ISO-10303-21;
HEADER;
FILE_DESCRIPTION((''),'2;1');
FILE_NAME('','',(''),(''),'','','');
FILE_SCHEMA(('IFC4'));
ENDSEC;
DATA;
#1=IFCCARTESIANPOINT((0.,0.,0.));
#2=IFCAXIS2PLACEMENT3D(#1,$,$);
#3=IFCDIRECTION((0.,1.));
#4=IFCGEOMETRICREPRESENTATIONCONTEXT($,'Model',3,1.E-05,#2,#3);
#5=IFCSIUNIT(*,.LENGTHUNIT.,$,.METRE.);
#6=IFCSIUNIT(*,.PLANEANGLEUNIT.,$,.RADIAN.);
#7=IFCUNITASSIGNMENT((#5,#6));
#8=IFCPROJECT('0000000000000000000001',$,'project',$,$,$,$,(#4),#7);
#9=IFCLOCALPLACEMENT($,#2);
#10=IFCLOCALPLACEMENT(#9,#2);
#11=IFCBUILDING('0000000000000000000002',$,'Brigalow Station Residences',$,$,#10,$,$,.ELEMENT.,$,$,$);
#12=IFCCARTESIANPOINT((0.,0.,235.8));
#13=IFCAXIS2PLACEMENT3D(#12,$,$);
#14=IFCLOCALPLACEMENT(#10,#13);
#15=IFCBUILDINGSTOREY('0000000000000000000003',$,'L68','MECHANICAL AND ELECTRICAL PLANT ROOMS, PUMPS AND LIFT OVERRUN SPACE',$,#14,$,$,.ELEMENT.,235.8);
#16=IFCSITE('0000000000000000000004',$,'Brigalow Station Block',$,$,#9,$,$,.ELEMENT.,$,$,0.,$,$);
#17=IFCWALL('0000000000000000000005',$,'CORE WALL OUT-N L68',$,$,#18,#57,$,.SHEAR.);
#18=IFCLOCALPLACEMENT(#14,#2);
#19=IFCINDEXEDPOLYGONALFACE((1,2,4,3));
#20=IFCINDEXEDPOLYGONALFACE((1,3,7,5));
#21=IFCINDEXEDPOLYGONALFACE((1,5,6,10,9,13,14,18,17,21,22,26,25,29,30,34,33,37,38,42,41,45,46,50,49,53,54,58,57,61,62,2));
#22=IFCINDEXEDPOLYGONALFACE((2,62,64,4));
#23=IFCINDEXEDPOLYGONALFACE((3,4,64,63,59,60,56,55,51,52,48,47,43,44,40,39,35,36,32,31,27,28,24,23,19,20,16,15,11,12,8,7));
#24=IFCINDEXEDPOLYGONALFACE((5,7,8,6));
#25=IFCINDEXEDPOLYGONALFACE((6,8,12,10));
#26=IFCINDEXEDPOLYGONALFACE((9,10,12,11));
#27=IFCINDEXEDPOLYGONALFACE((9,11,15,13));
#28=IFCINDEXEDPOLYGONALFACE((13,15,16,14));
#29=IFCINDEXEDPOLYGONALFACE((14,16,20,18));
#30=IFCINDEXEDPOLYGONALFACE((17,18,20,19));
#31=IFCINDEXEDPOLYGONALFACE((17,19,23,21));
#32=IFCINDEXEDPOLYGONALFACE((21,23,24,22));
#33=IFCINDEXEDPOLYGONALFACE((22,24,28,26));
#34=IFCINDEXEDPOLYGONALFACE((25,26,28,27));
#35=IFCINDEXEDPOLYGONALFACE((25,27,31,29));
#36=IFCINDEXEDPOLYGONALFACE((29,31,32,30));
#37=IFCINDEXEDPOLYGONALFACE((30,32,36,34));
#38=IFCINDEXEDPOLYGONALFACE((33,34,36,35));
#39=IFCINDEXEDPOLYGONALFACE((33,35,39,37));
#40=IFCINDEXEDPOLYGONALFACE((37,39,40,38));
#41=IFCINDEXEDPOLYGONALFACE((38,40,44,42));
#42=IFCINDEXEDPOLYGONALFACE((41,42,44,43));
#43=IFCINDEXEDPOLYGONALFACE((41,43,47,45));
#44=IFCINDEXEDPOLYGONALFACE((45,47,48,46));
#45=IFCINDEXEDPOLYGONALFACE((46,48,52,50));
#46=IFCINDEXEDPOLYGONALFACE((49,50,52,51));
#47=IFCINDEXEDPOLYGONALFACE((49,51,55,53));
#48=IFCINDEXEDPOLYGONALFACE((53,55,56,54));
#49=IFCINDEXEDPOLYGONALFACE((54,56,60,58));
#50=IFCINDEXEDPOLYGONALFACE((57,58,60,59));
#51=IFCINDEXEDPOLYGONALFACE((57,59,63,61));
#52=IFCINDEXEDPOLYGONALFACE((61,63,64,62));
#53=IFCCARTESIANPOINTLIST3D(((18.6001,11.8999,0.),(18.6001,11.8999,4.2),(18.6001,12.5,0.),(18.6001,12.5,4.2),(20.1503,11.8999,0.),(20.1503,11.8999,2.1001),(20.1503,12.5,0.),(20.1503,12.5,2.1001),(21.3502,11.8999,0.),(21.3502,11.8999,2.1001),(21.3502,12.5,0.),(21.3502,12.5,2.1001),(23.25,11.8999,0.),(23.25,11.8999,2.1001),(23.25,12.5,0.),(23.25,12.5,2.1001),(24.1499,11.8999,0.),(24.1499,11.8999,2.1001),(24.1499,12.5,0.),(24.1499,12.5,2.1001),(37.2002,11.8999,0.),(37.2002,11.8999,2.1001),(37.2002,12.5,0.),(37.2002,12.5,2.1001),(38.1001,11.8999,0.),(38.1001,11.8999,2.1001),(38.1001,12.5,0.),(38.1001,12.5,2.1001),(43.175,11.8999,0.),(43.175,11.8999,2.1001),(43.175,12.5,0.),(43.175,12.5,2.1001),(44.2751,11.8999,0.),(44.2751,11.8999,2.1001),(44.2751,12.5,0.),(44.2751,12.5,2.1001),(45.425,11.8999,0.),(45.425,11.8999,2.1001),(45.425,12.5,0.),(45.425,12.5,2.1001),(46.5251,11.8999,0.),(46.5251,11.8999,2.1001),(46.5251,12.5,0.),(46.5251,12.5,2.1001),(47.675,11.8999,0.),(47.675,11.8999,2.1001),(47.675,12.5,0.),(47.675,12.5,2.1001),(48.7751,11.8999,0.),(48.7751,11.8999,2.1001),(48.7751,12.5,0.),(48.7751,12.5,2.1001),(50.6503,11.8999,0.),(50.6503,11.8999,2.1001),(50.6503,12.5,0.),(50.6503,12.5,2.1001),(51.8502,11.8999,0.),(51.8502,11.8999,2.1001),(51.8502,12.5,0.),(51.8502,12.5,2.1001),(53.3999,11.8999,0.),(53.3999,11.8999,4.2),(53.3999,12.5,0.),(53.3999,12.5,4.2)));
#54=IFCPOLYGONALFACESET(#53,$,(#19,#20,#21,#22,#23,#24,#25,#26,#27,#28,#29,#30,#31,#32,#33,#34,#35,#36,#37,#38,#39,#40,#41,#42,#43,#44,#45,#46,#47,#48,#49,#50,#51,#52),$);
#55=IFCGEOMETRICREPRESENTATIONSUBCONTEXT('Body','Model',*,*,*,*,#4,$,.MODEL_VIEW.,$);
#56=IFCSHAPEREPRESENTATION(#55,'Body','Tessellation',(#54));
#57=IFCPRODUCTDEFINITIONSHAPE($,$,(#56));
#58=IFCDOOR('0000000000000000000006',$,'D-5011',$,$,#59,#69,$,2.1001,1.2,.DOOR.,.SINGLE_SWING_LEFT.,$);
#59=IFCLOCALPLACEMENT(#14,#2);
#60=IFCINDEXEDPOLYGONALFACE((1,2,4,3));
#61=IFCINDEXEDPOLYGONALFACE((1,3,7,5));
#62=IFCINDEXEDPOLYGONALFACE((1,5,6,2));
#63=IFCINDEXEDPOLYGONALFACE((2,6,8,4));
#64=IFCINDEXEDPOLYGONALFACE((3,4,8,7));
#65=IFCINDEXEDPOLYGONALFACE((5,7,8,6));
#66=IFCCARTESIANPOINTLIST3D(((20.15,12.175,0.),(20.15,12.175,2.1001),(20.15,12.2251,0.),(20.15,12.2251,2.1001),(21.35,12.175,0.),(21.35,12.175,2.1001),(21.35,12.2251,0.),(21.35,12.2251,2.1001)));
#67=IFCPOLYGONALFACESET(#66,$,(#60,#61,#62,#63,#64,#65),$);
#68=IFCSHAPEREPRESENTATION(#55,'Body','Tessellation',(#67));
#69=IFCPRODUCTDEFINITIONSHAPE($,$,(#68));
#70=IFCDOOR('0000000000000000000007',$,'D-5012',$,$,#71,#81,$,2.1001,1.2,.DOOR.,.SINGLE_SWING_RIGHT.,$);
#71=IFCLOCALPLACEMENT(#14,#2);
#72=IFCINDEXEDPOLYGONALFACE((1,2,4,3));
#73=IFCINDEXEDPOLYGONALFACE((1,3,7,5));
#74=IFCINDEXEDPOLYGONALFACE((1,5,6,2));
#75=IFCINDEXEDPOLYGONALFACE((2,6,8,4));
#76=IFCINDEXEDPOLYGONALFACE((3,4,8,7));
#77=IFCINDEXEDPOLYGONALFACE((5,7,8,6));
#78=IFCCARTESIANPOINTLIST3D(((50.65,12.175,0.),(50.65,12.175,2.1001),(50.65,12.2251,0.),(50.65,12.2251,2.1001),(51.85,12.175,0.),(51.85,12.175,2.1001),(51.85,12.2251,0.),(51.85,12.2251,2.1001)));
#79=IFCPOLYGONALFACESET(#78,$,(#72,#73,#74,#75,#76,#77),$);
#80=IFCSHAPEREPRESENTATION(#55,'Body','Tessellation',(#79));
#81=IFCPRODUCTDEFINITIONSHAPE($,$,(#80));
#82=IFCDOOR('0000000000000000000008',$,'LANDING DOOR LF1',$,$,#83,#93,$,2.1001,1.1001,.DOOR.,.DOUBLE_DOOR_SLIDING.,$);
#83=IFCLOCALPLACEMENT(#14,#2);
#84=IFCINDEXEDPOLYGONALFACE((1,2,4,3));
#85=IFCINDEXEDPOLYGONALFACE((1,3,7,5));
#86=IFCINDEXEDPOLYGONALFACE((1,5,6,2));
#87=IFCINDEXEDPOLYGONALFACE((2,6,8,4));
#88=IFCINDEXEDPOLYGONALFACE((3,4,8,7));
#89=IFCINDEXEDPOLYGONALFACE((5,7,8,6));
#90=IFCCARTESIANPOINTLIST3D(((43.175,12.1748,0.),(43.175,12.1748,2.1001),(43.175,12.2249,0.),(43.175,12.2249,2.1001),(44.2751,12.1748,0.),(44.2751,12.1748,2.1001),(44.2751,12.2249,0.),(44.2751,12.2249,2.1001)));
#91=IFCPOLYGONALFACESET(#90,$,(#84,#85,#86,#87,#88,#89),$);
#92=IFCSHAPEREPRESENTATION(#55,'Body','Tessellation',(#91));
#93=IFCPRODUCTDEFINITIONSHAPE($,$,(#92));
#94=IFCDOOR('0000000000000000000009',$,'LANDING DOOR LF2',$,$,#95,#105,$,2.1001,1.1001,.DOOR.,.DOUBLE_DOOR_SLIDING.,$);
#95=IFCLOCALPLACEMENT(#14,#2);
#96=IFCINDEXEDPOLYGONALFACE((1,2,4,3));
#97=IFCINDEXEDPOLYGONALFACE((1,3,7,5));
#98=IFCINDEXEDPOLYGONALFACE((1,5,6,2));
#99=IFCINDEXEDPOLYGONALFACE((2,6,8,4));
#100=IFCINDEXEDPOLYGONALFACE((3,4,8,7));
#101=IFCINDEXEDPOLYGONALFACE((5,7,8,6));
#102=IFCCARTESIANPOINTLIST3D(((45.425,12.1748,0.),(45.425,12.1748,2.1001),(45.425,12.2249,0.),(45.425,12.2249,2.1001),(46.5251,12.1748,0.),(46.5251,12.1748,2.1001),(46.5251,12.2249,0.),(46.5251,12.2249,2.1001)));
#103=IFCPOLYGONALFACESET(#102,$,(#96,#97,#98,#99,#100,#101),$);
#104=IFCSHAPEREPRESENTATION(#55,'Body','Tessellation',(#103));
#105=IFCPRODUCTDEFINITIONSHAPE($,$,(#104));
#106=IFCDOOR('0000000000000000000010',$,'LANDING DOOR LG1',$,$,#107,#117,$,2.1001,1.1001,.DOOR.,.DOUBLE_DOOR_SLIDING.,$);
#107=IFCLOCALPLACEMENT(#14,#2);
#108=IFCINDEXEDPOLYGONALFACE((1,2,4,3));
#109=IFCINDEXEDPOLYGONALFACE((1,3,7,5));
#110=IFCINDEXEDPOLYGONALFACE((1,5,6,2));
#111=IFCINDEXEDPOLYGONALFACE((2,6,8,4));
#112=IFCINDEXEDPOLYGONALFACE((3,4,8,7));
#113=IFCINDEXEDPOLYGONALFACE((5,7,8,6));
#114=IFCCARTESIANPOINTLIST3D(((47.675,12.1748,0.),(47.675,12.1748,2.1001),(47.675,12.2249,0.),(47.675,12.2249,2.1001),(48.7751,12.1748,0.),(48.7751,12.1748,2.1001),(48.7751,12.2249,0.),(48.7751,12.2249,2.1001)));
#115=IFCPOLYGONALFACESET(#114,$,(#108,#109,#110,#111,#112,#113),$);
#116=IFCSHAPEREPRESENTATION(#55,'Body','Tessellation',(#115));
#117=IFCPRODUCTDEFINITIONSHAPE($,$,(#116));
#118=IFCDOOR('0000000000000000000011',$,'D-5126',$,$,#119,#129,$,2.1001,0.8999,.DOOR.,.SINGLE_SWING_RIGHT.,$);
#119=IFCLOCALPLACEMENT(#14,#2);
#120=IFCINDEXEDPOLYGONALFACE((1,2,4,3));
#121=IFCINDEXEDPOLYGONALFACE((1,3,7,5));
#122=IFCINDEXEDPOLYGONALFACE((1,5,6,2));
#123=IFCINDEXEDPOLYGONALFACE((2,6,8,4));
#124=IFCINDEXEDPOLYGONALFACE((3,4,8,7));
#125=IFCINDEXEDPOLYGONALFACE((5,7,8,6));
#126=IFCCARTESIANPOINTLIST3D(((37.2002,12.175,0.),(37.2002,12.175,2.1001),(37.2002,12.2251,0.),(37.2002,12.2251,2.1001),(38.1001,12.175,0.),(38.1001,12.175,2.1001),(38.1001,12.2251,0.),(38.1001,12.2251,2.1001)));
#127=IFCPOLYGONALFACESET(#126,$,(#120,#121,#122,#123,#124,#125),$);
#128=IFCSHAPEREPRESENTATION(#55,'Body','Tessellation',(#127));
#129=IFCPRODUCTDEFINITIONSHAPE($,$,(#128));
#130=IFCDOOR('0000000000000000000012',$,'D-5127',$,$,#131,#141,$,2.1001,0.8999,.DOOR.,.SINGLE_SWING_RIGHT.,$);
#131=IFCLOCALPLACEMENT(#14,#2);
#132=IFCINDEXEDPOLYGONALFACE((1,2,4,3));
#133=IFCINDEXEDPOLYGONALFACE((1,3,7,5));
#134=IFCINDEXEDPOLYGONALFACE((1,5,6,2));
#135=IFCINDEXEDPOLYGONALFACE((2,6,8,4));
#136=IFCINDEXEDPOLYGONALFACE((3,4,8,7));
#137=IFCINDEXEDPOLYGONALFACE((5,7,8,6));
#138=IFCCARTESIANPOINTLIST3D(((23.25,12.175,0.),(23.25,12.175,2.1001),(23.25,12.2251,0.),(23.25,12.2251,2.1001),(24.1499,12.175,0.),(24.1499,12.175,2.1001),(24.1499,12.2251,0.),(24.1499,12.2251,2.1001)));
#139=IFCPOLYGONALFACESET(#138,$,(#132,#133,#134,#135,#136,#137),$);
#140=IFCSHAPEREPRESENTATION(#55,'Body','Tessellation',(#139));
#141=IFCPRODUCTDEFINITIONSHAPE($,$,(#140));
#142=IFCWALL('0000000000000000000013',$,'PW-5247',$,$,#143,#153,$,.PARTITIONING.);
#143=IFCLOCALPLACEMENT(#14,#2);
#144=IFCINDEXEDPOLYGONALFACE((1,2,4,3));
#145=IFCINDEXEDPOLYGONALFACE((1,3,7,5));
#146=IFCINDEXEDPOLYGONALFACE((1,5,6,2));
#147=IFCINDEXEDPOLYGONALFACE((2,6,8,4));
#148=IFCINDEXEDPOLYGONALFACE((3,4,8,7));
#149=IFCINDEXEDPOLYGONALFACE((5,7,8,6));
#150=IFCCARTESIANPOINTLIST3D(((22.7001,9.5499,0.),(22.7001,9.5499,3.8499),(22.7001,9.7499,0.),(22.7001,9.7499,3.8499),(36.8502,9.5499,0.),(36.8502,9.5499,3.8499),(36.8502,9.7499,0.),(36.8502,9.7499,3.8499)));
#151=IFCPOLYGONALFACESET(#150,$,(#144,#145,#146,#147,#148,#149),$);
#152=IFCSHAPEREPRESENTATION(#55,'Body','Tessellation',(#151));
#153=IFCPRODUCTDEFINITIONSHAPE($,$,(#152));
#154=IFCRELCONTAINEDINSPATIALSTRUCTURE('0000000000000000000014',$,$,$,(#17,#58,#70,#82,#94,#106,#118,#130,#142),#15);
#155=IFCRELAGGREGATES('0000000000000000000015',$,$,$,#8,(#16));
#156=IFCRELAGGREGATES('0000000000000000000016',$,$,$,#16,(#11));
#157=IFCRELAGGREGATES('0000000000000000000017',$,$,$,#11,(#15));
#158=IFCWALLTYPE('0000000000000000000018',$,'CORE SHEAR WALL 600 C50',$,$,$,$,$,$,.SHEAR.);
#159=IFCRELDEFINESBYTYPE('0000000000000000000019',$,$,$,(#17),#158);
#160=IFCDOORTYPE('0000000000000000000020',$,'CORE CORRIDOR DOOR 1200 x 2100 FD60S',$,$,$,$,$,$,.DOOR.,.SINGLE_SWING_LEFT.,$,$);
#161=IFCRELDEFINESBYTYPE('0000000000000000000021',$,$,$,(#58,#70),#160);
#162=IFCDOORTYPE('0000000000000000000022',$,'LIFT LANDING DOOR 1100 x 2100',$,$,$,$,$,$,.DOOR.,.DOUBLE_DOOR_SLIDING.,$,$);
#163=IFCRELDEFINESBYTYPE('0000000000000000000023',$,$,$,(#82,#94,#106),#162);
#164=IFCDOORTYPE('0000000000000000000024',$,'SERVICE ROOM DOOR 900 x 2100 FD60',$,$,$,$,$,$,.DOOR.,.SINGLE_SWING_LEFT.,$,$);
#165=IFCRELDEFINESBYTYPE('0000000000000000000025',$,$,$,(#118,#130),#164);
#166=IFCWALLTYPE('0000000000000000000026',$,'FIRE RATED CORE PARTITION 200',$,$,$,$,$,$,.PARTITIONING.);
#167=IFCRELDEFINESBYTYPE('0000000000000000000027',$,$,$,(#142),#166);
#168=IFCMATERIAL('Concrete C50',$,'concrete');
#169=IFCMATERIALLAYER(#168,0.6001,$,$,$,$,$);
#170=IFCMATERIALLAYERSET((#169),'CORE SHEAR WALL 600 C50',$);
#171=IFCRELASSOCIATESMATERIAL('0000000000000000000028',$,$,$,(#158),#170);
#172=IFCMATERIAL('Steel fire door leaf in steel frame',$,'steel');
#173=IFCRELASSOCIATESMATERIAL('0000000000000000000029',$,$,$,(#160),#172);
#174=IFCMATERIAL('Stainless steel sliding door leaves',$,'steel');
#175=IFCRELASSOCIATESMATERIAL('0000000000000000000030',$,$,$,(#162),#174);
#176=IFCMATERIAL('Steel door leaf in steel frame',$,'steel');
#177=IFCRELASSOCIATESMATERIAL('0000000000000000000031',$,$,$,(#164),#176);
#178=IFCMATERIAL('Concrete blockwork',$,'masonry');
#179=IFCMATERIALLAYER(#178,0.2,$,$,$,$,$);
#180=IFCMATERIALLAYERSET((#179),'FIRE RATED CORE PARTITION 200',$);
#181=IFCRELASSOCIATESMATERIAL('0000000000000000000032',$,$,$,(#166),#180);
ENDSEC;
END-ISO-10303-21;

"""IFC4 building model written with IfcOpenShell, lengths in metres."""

from ifc_helpers import new_model, si_unit, direction, frame, frame_2d, origin, place, context, subcontext, project, spatial, rectangle, extrude, material, layer, layer_set, type_object, element, fill, save


model = new_model("IFC4")

# Units and contexts
model_context = context("Model", 3, precision=1e-05, world=origin(), true_north=direction((0.0, 1.0)))
body_context = subcontext(model_context, "Body", "Model", "MODEL_VIEW")
ifc_project = project(units=[si_unit("LENGTHUNIT", "METRE"), si_unit("PLANEANGLEUNIT", "RADIAN")], contexts=[model_context])

# Site, building, storey
site_placement = place(None, origin())
site = spatial("IfcSite", under=ifc_project, at=site_placement, Name="Brigalow Station Block", CompositionType="ELEMENT", RefElevation=0.0)
building_placement = place(site_placement, origin())
building = spatial("IfcBuilding", under=site, at=building_placement, Name="Brigalow Station Residences", CompositionType="ELEMENT")
storey_placement = place(building_placement, frame((0.0, 0.0, 235.8)))
storey = spatial("IfcBuildingStorey", under=building, at=storey_placement, Name="L68", Description="MECHANICAL AND ELECTRICAL PLANT ROOMS, PUMPS AND LIFT OVERRUN SPACE", CompositionType="ELEMENT", Elevation=235.8)

# Wall, openings, doors
ifc_material_1 = material(Name="Concrete C50", Category="concrete")
ifc_layer_1 = layer(ifc_material_1, 0.6001)
ifc_layer_set_1 = layer_set([ifc_layer_1], Name="CORE SHEAR WALL 600 C50")
wall_type_1 = type_object("IfcWallType", Name="CORE SHEAR WALL 600 C50", PredefinedType="SHEAR", material=ifc_layer_set_1)
wall_1_placement = place(storey_placement, frame((18.6001, 12.2, 0.0), z_axis=(0.0, 0.0, 1.0), x_axis=(1.0, 0.0, 0.0)))
wall_1 = element("IfcWall", 1, at=wall_1_placement, inside=storey, type_object=wall_type_1, Name="CORE WALL OUT-N L68", PredefinedType="SHEAR", context=body_context, shape_type="SweptSolid", body=[
    extrude(rectangle(XDim=34.7998, YDim=0.6001, at=frame_2d((17.3999, 0.0))), origin(), (0.0, 0.0, 1.0), 4.2),
])
opening_1_placement = place(wall_1_placement, frame((24.575, 0.0, 0.0)))
opening_1 = element("IfcOpeningElement", 2, at=opening_1_placement, cuts=wall_1, PredefinedType="OPENING", context=body_context, shape_type="SweptSolid", body=[
    extrude(rectangle(XDim=1.1001, YDim=2.1001, at=frame_2d((0.55, 1.05))), frame((0.0, 0.3101, 0.0), z_axis=(0.0, -1.0, 0.0), x_axis=(1.0, 0.0, 0.0)), (0.0, 0.0, 1.0), 0.6201),
])
opening_2_placement = place(wall_1_placement, frame((26.825, 0.0, 0.0)))
opening_2 = element("IfcOpeningElement", 3, at=opening_2_placement, cuts=wall_1, PredefinedType="OPENING", context=body_context, shape_type="SweptSolid", body=[
    extrude(rectangle(XDim=1.1001, YDim=2.1001, at=frame_2d((0.55, 1.05))), frame((0.0, 0.3101, 0.0), z_axis=(0.0, -1.0, 0.0), x_axis=(1.0, 0.0, 0.0)), (0.0, 0.0, 1.0), 0.6201),
])
opening_3_placement = place(wall_1_placement, frame((29.075, 0.0, 0.0)))
opening_3 = element("IfcOpeningElement", 4, at=opening_3_placement, cuts=wall_1, PredefinedType="OPENING", context=body_context, shape_type="SweptSolid", body=[
    extrude(rectangle(XDim=1.1001, YDim=2.1001, at=frame_2d((0.55, 1.05))), frame((0.0, 0.3101, 0.0), z_axis=(0.0, -1.0, 0.0), x_axis=(1.0, 0.0, 0.0)), (0.0, 0.0, 1.0), 0.6201),
])
opening_4_placement = place(wall_1_placement, frame((18.6001, 0.0, 0.0)))
opening_4 = element("IfcOpeningElement", 5, at=opening_4_placement, cuts=wall_1, PredefinedType="OPENING", context=body_context, shape_type="SweptSolid", body=[
    extrude(rectangle(XDim=0.8999, YDim=2.1001, at=frame_2d((0.45, 1.05))), frame((0.0, 0.3101, 0.0), z_axis=(0.0, -1.0, 0.0), x_axis=(1.0, 0.0, 0.0)), (0.0, 0.0, 1.0), 0.6201),
])
opening_5_placement = place(wall_1_placement, frame((4.6499, 0.0, 0.0)))
opening_5 = element("IfcOpeningElement", 6, at=opening_5_placement, cuts=wall_1, PredefinedType="OPENING", context=body_context, shape_type="SweptSolid", body=[
    extrude(rectangle(XDim=0.8999, YDim=2.1001, at=frame_2d((0.45, 1.05))), frame((0.0, 0.3101, 0.0), z_axis=(0.0, -1.0, 0.0), x_axis=(1.0, 0.0, 0.0)), (0.0, 0.0, 1.0), 0.6201),
])
opening_6_placement = place(wall_1_placement, frame((1.55, 0.0, 0.0)))
opening_6 = element("IfcOpeningElement", 7, at=opening_6_placement, cuts=wall_1, PredefinedType="OPENING", context=body_context, shape_type="SweptSolid", body=[
    extrude(rectangle(XDim=1.2, YDim=2.1001, at=frame_2d((0.6001, 1.05))), frame((0.0, 0.3101, 0.0), z_axis=(0.0, -1.0, 0.0), x_axis=(1.0, 0.0, 0.0)), (0.0, 0.0, 1.0), 0.6201),
])
opening_7_placement = place(wall_1_placement, frame((32.05, 0.0, 0.0)))
opening_7 = element("IfcOpeningElement", 8, at=opening_7_placement, cuts=wall_1, PredefinedType="OPENING", context=body_context, shape_type="SweptSolid", body=[
    extrude(rectangle(XDim=1.2, YDim=2.1001, at=frame_2d((0.6001, 1.05))), frame((0.0, 0.3101, 0.0), z_axis=(0.0, -1.0, 0.0), x_axis=(1.0, 0.0, 0.0)), (0.0, 0.0, 1.0), 0.6201),
])
ifc_material_2 = material(Name="Steel fire door leaf in steel frame", Category="steel")
door_type_1 = type_object("IfcDoorType", Name="CORE CORRIDOR DOOR 1200 x 2100 FD60S", OperationType="SINGLE_SWING_LEFT", PredefinedType="DOOR", material=ifc_material_2)
door_1_placement = place(opening_6_placement, frame((1.2, 0.0, 0.0), z_axis=(0.0, 0.0, 1.0), x_axis=(-1.0, 0.0, 0.0)))
door_1 = element("IfcDoor", 9, at=door_1_placement, inside=storey, type_object=door_type_1, Name="D-5011", OperationType="SINGLE_SWING_LEFT", OverallHeight=2.1001, OverallWidth=1.2, PredefinedType="DOOR", context=body_context, shape_type="SweptSolid", body=[
    extrude(rectangle(XDim=1.2, YDim=2.1001, at=frame_2d((0.6001, 1.05))), frame((0.0, 0.0249, 0.0), z_axis=(0.0, -1.0, 0.0), x_axis=(1.0, 0.0, 0.0)), (0.0, 0.0, 1.0), 0.05),
])
fill(opening_6, door_1)
door_2_placement = place(opening_7_placement, frame((1.2, 0.0, 0.0), z_axis=(0.0, 0.0, 1.0), x_axis=(-1.0, 0.0, 0.0)))
door_2 = element("IfcDoor", 10, at=door_2_placement, inside=storey, type_object=door_type_1, Name="D-5012", OperationType="SINGLE_SWING_RIGHT", OverallHeight=2.1001, OverallWidth=1.2, PredefinedType="DOOR", context=body_context, shape_type="SweptSolid", body=[
    extrude(rectangle(XDim=1.2, YDim=2.1001, at=frame_2d((0.6001, 1.05))), frame((0.0, 0.0249, 0.0), z_axis=(0.0, -1.0, 0.0), x_axis=(1.0, 0.0, 0.0)), (0.0, 0.0, 1.0), 0.05),
])
fill(opening_7, door_2)
ifc_material_3 = material(Name="Stainless steel sliding door leaves", Category="steel")
door_type_2 = type_object("IfcDoorType", Name="LIFT LANDING DOOR 1100 x 2100", OperationType="DOUBLE_DOOR_SLIDING", PredefinedType="DOOR", material=ifc_material_3)
door_3_placement = place(opening_1_placement, origin())
door_3 = element("IfcDoor", 11, at=door_3_placement, inside=storey, type_object=door_type_2, Name="LANDING DOOR LF1", OperationType="DOUBLE_DOOR_SLIDING", OverallHeight=2.1001, OverallWidth=1.1001, PredefinedType="DOOR", context=body_context, shape_type="SweptSolid", body=[
    extrude(rectangle(XDim=1.1001, YDim=2.1001, at=frame_2d((0.55, 1.05))), frame((0.0, 0.0249, 0.0), z_axis=(0.0, -1.0, 0.0), x_axis=(1.0, 0.0, 0.0)), (0.0, 0.0, 1.0), 0.05),
])
fill(opening_1, door_3)
door_4_placement = place(opening_2_placement, origin())
door_4 = element("IfcDoor", 12, at=door_4_placement, inside=storey, type_object=door_type_2, Name="LANDING DOOR LF2", OperationType="DOUBLE_DOOR_SLIDING", OverallHeight=2.1001, OverallWidth=1.1001, PredefinedType="DOOR", context=body_context, shape_type="SweptSolid", body=[
    extrude(rectangle(XDim=1.1001, YDim=2.1001, at=frame_2d((0.55, 1.05))), frame((0.0, 0.0249, 0.0), z_axis=(0.0, -1.0, 0.0), x_axis=(1.0, 0.0, 0.0)), (0.0, 0.0, 1.0), 0.05),
])
fill(opening_2, door_4)
door_5_placement = place(opening_3_placement, origin())
door_5 = element("IfcDoor", 13, at=door_5_placement, inside=storey, type_object=door_type_2, Name="LANDING DOOR LG1", OperationType="DOUBLE_DOOR_SLIDING", OverallHeight=2.1001, OverallWidth=1.1001, PredefinedType="DOOR", context=body_context, shape_type="SweptSolid", body=[
    extrude(rectangle(XDim=1.1001, YDim=2.1001, at=frame_2d((0.55, 1.05))), frame((0.0, 0.0249, 0.0), z_axis=(0.0, -1.0, 0.0), x_axis=(1.0, 0.0, 0.0)), (0.0, 0.0, 1.0), 0.05),
])
fill(opening_3, door_5)
ifc_material_4 = material(Name="Steel door leaf in steel frame", Category="steel")
door_type_3 = type_object("IfcDoorType", Name="SERVICE ROOM DOOR 900 x 2100 FD60", OperationType="SINGLE_SWING_LEFT", PredefinedType="DOOR", material=ifc_material_4)
door_6_placement = place(opening_4_placement, frame((0.8999, 0.0, 0.0), z_axis=(0.0, 0.0, 1.0), x_axis=(-1.0, 0.0, 0.0)))
door_6 = element("IfcDoor", 14, at=door_6_placement, inside=storey, type_object=door_type_3, Name="D-5126", OperationType="SINGLE_SWING_RIGHT", OverallHeight=2.1001, OverallWidth=0.8999, PredefinedType="DOOR", context=body_context, shape_type="SweptSolid", body=[
    extrude(rectangle(XDim=0.8999, YDim=2.1001, at=frame_2d((0.45, 1.05))), frame((0.0, 0.0249, 0.0), z_axis=(0.0, -1.0, 0.0), x_axis=(1.0, 0.0, 0.0)), (0.0, 0.0, 1.0), 0.05),
])
fill(opening_4, door_6)
door_7_placement = place(opening_5_placement, frame((0.8999, 0.0, 0.0), z_axis=(0.0, 0.0, 1.0), x_axis=(-1.0, 0.0, 0.0)))
door_7 = element("IfcDoor", 15, at=door_7_placement, inside=storey, type_object=door_type_3, Name="D-5127", OperationType="SINGLE_SWING_RIGHT", OverallHeight=2.1001, OverallWidth=0.8999, PredefinedType="DOOR", context=body_context, shape_type="SweptSolid", body=[
    extrude(rectangle(XDim=0.8999, YDim=2.1001, at=frame_2d((0.45, 1.05))), frame((0.0, 0.0249, 0.0), z_axis=(0.0, -1.0, 0.0), x_axis=(1.0, 0.0, 0.0)), (0.0, 0.0, 1.0), 0.05),
])
fill(opening_5, door_7)

# Wall
ifc_material_5 = material(Name="Concrete blockwork", Category="masonry")
ifc_layer_2 = layer(ifc_material_5, 0.2)
ifc_layer_set_2 = layer_set([ifc_layer_2], Name="FIRE RATED CORE PARTITION 200")
wall_type_2 = type_object("IfcWallType", Name="FIRE RATED CORE PARTITION 200", PredefinedType="PARTITIONING", material=ifc_layer_set_2)
wall_2_placement = place(storey_placement, frame((22.7, 9.6499, 0.0), z_axis=(0.0, 0.0, 1.0), x_axis=(1.0, 0.0, 0.0)))
element("IfcWall", 16, at=wall_2_placement, inside=storey, type_object=wall_type_2, Name="PW-5247", PredefinedType="PARTITIONING", context=body_context, shape_type="SweptSolid", body=[
    extrude(rectangle(XDim=14.1501, YDim=0.2, at=frame_2d((7.0752, 0.0))), origin(), (0.0, 0.0, 1.0), 3.8499),
])

save(model, "model.ifc")
